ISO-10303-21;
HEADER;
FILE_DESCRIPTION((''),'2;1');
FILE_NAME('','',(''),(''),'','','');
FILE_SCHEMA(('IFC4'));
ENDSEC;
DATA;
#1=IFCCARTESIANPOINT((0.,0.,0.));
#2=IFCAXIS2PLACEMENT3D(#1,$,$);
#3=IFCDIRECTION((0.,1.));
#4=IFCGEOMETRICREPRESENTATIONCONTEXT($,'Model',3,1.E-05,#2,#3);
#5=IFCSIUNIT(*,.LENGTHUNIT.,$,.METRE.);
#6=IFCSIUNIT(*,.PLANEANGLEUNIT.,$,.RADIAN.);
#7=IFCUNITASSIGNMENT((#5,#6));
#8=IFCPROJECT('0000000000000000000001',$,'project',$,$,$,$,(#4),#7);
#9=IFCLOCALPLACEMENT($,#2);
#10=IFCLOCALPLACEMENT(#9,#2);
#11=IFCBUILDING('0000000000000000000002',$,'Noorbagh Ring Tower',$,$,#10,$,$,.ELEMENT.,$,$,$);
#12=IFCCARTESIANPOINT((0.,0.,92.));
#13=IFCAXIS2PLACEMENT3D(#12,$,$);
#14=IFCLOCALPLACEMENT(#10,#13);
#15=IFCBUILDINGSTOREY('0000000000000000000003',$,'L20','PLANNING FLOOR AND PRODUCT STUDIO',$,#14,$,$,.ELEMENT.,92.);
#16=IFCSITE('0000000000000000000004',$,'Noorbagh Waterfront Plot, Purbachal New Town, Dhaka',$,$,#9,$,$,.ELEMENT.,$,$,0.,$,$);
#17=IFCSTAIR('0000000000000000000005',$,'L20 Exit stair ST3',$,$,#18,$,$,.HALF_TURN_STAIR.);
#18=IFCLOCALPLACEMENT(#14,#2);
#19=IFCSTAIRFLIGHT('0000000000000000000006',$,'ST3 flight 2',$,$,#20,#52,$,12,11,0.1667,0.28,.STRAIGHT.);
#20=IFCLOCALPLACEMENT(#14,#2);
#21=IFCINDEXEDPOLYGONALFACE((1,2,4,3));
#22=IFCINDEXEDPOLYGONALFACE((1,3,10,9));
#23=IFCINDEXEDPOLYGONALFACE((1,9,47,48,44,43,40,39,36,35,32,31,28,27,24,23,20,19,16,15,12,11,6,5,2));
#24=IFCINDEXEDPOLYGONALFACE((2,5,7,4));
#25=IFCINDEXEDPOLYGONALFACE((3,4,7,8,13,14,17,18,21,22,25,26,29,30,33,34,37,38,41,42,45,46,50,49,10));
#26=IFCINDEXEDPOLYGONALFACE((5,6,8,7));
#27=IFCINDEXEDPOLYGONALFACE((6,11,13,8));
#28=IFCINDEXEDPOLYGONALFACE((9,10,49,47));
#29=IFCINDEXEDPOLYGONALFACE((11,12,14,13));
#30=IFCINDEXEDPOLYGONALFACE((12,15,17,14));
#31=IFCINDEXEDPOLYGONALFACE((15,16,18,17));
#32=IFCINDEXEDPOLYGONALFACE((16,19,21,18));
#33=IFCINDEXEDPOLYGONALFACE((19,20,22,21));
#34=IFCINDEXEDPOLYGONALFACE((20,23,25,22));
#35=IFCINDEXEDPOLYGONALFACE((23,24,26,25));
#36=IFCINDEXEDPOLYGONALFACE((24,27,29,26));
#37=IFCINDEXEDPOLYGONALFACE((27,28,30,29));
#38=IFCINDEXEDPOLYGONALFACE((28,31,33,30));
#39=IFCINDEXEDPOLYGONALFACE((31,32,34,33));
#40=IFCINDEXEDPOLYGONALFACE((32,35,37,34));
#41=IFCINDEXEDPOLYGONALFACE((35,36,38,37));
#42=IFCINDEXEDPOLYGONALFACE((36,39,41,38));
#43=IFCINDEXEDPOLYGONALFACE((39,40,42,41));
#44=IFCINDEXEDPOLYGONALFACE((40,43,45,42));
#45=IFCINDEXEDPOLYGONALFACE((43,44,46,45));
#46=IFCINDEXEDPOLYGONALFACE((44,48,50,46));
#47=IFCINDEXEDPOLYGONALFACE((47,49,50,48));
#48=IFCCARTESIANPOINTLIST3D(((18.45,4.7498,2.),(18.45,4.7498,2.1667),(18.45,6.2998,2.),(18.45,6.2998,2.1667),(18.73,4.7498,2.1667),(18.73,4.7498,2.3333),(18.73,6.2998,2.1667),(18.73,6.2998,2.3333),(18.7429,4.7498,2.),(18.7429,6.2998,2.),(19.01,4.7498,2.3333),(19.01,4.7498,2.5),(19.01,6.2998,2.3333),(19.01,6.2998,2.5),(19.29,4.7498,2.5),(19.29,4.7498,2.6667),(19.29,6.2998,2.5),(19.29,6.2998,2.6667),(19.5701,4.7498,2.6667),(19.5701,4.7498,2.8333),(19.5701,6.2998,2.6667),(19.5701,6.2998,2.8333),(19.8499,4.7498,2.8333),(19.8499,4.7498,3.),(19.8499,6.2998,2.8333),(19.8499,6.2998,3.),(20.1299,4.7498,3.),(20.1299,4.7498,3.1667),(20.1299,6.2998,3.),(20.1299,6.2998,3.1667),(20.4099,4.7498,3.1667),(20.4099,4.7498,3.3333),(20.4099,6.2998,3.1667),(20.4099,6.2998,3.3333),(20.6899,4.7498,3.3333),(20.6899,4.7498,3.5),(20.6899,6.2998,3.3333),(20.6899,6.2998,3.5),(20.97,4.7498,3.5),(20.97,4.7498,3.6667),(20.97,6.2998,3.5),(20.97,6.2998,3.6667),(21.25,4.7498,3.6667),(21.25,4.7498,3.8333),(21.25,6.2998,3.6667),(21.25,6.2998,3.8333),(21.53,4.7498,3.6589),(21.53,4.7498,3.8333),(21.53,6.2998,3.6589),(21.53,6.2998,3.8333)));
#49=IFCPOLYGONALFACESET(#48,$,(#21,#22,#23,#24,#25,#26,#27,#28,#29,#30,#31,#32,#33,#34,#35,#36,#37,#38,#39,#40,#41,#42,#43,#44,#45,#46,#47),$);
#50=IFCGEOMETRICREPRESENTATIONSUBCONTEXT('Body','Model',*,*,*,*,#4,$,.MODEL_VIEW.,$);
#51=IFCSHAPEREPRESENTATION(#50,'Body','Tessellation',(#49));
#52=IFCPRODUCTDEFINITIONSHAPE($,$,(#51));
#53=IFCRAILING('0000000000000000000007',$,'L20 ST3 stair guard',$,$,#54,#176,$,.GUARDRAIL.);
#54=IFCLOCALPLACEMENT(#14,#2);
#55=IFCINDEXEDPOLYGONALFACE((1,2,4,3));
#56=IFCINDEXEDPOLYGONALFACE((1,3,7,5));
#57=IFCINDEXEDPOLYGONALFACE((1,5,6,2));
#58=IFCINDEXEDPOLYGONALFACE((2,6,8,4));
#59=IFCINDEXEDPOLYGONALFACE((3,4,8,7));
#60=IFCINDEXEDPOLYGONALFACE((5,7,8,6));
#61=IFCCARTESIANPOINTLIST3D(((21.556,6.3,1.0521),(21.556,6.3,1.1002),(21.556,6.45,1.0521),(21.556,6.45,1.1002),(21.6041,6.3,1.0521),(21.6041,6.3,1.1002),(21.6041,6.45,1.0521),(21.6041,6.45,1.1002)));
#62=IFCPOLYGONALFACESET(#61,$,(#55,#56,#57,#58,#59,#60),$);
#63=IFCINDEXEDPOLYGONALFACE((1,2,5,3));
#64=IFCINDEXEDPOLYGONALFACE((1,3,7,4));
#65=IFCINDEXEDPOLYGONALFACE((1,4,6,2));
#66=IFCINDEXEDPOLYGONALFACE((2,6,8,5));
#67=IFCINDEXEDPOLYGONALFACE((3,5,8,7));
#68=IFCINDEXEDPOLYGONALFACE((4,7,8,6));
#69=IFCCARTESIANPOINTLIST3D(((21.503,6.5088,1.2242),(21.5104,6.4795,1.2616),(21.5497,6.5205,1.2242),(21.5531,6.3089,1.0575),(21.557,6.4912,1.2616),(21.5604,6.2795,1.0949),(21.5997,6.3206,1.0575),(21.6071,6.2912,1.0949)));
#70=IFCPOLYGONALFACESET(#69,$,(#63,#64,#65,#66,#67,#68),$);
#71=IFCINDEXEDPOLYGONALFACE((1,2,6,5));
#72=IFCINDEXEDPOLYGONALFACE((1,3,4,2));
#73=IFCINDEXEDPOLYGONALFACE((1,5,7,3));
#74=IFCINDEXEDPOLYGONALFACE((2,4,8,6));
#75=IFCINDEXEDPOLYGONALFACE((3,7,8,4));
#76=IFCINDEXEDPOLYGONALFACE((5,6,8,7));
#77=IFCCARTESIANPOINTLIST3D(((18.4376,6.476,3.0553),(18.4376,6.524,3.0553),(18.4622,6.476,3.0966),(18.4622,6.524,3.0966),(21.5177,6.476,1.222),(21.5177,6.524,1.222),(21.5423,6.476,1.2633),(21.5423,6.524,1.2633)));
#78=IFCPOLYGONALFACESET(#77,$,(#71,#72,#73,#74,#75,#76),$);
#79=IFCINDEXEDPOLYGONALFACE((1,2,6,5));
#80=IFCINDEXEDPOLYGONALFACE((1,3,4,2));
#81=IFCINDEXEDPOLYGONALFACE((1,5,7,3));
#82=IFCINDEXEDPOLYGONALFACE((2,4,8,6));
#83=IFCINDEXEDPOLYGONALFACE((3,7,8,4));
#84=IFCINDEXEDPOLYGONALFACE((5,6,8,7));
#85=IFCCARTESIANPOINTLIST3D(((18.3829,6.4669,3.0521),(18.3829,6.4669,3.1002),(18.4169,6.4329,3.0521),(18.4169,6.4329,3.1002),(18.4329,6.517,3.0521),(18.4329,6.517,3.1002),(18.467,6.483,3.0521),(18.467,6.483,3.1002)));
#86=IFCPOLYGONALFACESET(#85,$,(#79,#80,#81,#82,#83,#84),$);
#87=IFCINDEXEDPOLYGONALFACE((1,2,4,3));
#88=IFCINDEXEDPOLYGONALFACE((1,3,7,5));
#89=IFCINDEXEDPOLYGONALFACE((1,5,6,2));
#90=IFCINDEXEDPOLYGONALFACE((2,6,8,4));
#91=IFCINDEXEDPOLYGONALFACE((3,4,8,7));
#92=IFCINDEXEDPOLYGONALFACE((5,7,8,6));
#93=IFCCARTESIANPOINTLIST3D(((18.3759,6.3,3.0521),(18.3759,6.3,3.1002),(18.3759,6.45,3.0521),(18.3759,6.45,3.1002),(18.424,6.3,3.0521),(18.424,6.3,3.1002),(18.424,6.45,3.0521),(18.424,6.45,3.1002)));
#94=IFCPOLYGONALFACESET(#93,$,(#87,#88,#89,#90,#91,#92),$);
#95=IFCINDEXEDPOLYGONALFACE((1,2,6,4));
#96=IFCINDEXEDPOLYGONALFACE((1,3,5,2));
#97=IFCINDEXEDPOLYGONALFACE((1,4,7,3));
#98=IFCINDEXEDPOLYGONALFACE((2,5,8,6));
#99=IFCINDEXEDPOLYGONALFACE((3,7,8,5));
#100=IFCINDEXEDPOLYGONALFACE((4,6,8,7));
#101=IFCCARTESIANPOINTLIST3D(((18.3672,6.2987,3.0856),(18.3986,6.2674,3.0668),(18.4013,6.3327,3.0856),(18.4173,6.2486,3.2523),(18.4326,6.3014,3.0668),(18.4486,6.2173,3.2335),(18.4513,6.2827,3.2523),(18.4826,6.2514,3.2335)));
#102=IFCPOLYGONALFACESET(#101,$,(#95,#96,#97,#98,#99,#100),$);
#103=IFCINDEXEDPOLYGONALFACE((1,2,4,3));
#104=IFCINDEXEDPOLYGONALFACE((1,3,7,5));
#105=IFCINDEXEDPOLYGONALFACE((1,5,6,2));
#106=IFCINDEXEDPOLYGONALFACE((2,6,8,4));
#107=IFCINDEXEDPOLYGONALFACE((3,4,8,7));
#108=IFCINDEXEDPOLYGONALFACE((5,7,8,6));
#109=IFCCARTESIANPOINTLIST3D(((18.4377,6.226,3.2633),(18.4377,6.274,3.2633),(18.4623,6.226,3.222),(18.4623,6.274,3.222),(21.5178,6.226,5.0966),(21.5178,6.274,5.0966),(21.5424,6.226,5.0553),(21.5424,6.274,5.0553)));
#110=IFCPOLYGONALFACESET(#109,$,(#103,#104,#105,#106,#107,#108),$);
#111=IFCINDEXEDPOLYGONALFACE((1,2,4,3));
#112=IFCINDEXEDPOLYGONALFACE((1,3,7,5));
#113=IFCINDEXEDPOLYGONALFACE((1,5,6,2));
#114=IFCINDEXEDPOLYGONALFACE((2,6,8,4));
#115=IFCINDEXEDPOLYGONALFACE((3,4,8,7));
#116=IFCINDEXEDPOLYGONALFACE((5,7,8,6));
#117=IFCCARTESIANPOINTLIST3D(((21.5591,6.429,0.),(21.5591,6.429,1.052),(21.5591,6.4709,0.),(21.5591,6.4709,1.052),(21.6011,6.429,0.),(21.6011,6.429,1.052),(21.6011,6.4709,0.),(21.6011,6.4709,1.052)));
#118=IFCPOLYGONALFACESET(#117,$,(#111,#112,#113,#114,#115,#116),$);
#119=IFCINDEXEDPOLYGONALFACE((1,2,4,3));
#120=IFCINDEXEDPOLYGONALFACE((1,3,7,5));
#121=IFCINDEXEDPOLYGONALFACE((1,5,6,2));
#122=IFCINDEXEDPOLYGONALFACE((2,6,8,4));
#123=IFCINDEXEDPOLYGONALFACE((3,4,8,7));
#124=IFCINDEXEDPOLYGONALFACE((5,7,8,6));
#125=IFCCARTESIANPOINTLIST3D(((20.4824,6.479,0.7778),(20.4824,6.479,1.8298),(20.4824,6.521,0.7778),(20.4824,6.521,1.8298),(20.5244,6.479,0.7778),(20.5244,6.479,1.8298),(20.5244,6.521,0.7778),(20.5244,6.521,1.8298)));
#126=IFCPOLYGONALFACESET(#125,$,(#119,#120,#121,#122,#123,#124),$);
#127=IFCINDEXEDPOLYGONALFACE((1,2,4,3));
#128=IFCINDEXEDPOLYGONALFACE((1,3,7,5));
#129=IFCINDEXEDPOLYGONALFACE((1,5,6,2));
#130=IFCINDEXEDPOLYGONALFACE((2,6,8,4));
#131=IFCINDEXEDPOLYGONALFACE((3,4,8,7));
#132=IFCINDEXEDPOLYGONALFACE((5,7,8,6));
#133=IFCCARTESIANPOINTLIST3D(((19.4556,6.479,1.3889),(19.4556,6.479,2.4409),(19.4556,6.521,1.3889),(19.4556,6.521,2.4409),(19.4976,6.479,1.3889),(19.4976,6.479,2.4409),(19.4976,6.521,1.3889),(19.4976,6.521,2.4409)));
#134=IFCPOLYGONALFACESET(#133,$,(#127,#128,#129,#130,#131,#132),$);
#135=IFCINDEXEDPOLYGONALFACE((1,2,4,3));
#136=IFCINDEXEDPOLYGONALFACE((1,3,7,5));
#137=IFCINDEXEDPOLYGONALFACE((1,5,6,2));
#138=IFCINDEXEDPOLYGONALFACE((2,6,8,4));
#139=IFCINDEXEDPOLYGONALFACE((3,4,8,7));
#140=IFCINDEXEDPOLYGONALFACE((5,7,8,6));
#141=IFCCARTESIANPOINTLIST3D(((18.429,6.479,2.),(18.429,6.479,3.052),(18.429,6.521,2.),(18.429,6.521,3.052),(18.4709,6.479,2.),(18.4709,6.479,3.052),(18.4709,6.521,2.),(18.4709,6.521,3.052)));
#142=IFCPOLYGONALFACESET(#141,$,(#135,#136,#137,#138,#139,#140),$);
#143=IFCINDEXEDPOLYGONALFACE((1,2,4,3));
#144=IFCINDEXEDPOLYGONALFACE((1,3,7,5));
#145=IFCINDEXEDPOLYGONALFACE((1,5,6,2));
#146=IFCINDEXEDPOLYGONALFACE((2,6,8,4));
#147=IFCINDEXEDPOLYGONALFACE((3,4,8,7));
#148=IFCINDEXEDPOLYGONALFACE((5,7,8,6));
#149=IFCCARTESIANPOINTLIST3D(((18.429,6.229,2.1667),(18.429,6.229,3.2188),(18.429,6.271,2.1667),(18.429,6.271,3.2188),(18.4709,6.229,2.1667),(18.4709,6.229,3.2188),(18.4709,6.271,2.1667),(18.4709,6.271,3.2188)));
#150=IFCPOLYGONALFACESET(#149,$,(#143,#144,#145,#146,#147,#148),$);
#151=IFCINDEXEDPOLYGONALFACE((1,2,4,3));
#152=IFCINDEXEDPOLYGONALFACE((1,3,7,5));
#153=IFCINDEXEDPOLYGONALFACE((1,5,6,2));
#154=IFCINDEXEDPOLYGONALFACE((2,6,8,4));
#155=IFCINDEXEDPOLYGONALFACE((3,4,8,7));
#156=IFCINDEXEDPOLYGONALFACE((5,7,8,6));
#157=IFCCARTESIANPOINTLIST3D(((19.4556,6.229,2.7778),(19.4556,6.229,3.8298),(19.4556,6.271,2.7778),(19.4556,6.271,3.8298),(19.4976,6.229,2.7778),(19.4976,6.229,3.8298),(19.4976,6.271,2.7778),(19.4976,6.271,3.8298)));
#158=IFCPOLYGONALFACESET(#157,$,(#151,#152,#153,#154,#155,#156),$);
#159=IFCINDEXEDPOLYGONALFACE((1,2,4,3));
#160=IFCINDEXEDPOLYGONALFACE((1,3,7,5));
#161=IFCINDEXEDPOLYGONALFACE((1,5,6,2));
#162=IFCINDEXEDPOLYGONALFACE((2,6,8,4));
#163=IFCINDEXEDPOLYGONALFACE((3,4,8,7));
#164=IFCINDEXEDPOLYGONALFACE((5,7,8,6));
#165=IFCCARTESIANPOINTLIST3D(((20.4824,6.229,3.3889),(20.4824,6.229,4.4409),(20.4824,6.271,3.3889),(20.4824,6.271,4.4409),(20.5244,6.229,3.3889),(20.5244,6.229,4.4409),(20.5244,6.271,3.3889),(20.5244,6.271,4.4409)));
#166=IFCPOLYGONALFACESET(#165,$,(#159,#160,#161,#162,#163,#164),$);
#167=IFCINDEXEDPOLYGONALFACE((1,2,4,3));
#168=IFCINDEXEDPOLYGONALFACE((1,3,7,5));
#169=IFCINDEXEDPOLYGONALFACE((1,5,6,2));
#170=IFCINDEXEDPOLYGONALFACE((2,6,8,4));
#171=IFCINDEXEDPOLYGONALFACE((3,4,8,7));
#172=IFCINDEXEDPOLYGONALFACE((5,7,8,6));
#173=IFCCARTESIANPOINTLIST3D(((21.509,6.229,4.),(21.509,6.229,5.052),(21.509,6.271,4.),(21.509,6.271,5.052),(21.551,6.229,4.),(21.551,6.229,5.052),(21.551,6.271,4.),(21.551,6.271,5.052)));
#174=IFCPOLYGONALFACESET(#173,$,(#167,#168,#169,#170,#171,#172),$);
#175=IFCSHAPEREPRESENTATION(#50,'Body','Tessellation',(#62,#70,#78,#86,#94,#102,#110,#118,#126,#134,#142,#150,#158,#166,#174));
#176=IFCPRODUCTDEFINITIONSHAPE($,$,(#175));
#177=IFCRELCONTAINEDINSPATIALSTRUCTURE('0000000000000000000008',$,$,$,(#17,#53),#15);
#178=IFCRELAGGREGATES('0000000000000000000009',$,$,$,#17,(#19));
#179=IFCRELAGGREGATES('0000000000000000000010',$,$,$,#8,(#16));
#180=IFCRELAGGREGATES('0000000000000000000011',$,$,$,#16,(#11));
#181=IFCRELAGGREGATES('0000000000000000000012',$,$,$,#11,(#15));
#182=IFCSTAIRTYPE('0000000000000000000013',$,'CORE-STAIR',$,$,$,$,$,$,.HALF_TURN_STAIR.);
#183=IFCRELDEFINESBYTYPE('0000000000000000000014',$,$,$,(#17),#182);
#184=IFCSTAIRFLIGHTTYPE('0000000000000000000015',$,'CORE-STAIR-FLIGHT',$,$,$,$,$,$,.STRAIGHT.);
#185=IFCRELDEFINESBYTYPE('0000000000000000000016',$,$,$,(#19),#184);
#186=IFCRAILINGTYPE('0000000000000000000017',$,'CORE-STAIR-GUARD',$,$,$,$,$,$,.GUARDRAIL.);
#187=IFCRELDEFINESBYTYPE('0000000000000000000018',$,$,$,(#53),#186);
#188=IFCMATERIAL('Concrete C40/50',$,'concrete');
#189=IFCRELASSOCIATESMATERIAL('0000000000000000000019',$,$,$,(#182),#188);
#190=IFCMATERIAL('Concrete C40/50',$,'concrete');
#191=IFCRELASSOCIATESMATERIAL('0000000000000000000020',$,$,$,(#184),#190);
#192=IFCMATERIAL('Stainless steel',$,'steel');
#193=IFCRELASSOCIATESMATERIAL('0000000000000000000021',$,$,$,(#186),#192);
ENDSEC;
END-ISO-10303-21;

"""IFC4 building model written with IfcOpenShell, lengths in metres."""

from ifc_helpers import new_model, si_unit, direction, frame, origin, origin_2d, place, context, subcontext, project, spatial, polyline, rectangle, outline, extrude, material, type_object, element, aggregate, save


model = new_model("IFC4")

# Units and contexts
model_context = context("Model", 3, precision=1e-05, world=origin(), true_north=direction((0.0, 1.0)))
body_context = subcontext(model_context, "Body", "Model", "MODEL_VIEW")
ifc_project = project(units=[si_unit("LENGTHUNIT", "METRE"), si_unit("PLANEANGLEUNIT", "RADIAN")], contexts=[model_context])

# Site, building, storey
site_placement = place(None, origin())
site = spatial("IfcSite", under=ifc_project, at=site_placement, Name="Noorbagh Waterfront Plot, Purbachal New Town, Dhaka", CompositionType="ELEMENT", RefElevation=0.0)
building_placement = place(site_placement, origin())
building = spatial("IfcBuilding", under=site, at=building_placement, Name="Noorbagh Ring Tower", CompositionType="ELEMENT")
storey_placement = place(building_placement, frame((0.0, 0.0, 92.0)))
storey = spatial("IfcBuildingStorey", under=building, at=storey_placement, Name="L20", Description="PLANNING FLOOR AND PRODUCT STUDIO", CompositionType="ELEMENT", Elevation=92.0)

# Stair, stair flight
ifc_material_1 = material(Name="Concrete C40/50", Category="concrete")
stair_type = type_object("IfcStairType", Name="CORE-STAIR", PredefinedType="HALF_TURN_STAIR", material=ifc_material_1)
stair_placement = place(storey_placement, origin())
stair = element("IfcStair", 1, at=stair_placement, inside=storey, type_object=stair_type, Name="L20 Exit stair ST3", PredefinedType="HALF_TURN_STAIR")
ifc_material_2 = material(Name="Concrete C40/50", Category="concrete")
stair_flight_type = type_object("IfcStairFlightType", Name="CORE-STAIR-FLIGHT", PredefinedType="STRAIGHT", material=ifc_material_2)
stair_flight_1_placement = place(storey_placement, frame((18.45, 5.5249, 2.0), z_axis=(0.0, 0.0, 1.0), x_axis=(1.0, 0.0, 0.0)))
stair_flight_1 = element("IfcStairFlight", 2, at=stair_flight_1_placement, type_object=stair_flight_type, Name="ST3 flight 2", NumberOfRisers=12, NumberOfTreads=11, PredefinedType="STRAIGHT", RiserHeight=0.1667, TreadLength=0.28, context=body_context, shape_type="SweptSolid", body=[
    extrude(outline(polyline([(0.0, 0.0), (0.0, 0.1667), (0.28, 0.1667), (0.28, 0.3333), (0.5601, 0.3333), (0.5601, 0.5), (0.8401, 0.5), (0.8401, 0.6667), (1.1201, 0.6667), (1.1201, 0.8333), (1.3999, 0.8333), (1.3999, 1.0), (1.6799, 1.0), (1.6799, 1.1667), (1.96, 1.1667), (1.96, 1.3333), (2.24, 1.3333), (2.24, 1.5), (2.52, 1.5), (2.52, 1.6667), (2.8, 1.6667), (2.8, 1.8333), (3.0801, 1.8333), (3.0801, 2.0), (3.0801, 1.6589), (0.293, 0.0), (0.0, 0.0)])), frame((0.0, 0.7749, 0.0), z_axis=(0.0, -1.0, 0.0), x_axis=(1.0, 0.0, 0.0)), (0.0, 0.0, 1.0), 1.55),
])
aggregate(stair, [stair_flight_1])

# Railing
ifc_material_3 = material(Name="Stainless steel", Category="steel")
railing_type_1 = type_object("IfcRailingType", Name="CORE-STAIR-GUARD", PredefinedType="GUARDRAIL", material=ifc_material_3)
railing_1_placement = place(storey_placement, frame((21.5801, 6.45, 0.0)))
element("IfcRailing", 3, at=railing_1_placement, inside=storey, type_object=railing_type_1, Name="L20 ST3 stair guard", PredefinedType="GUARDRAIL", context=body_context, shape_type="SweptSolid", body=[
    extrude(rectangle(XDim=0.0481, YDim=0.0481, at=origin_2d()), frame((0.0, 0.0, 1.0762), z_axis=(0.0, -1.0, 0.0), x_axis=(1.0, 0.0, 0.0)), (0.0, 0.0, 1.0), 0.1499),
    extrude(rectangle(XDim=0.0481, YDim=0.0481, at=origin_2d()), frame((0.0, -0.1499, 1.0762), z_axis=(-0.188776, 0.754182, 0.628946), x_axis=(-0.970073, -0.242814, 0.0)), (0.0, 0.0, 1.0), 0.2651),
    extrude(rectangle(XDim=0.0481, YDim=0.0481, at=origin_2d()), frame((-0.05, 0.05, 1.2427), z_axis=(-0.859309, 0.0, 0.511458), x_axis=(0.0, -1.0, 0.0)), (0.0, 0.0, 1.0), 3.5845),
    extrude(rectangle(XDim=0.0481, YDim=0.0481, at=origin_2d()), frame((-3.1301, 0.05, 3.0762), z_axis=(-0.707107, -0.707107, 0.0), x_axis=(0.707107, -0.707107, 0.0)), (0.0, 0.0, 1.0), 0.0708),
    extrude(rectangle(XDim=0.0481, YDim=0.0481, at=origin_2d()), frame((-3.1802, 0.0, 3.0762), z_axis=(0.0, -1.0, 0.0), x_axis=(1.0, 0.0, 0.0)), (0.0, 0.0, 1.0), 0.1499),
    extrude(rectangle(XDim=0.0481, YDim=0.0481, at=origin_2d()), frame((-3.1802, -0.1499, 3.0762), z_axis=(0.276287, -0.276287, 0.920506), x_axis=(0.707107, 0.707107, 0.0)), (0.0, 0.0, 1.0), 0.1812),
    extrude(rectangle(XDim=0.0481, YDim=0.0481, at=origin_2d()), frame((-3.1301, -0.2, 3.2427), z_axis=(0.859309, 0.0, 0.511458), x_axis=(0.0, 1.0, 0.0)), (0.0, 0.0, 1.0), 3.5845),
    extrude(rectangle(XDim=0.042, YDim=0.042, at=origin_2d()), origin(), (0.0, 0.0, 1.0), 1.052),
    extrude(rectangle(XDim=0.042, YDim=0.042, at=origin_2d()), frame((-1.0767, 0.05, 0.7778)), (0.0, 0.0, 1.0), 1.052),
    extrude(rectangle(XDim=0.042, YDim=0.042, at=origin_2d()), frame((-2.1035, 0.05, 1.3889)), (0.0, 0.0, 1.0), 1.052),
    extrude(rectangle(XDim=0.042, YDim=0.042, at=origin_2d()), frame((-3.1301, 0.05, 2.0)), (0.0, 0.0, 1.0), 1.052),
    extrude(rectangle(XDim=0.042, YDim=0.042, at=origin_2d()), frame((-3.1301, -0.2, 2.1667)), (0.0, 0.0, 1.0), 1.052),
    extrude(rectangle(XDim=0.042, YDim=0.042, at=origin_2d()), frame((-2.1035, -0.2, 2.7778)), (0.0, 0.0, 1.0), 1.052),
    extrude(rectangle(XDim=0.042, YDim=0.042, at=origin_2d()), frame((-1.0767, -0.2, 3.3889)), (0.0, 0.0, 1.0), 1.052),
    extrude(rectangle(XDim=0.042, YDim=0.042, at=origin_2d()), frame((-0.05, -0.2, 4.0)), (0.0, 0.0, 1.0), 1.052),
])

save(model, "model.ifc")
